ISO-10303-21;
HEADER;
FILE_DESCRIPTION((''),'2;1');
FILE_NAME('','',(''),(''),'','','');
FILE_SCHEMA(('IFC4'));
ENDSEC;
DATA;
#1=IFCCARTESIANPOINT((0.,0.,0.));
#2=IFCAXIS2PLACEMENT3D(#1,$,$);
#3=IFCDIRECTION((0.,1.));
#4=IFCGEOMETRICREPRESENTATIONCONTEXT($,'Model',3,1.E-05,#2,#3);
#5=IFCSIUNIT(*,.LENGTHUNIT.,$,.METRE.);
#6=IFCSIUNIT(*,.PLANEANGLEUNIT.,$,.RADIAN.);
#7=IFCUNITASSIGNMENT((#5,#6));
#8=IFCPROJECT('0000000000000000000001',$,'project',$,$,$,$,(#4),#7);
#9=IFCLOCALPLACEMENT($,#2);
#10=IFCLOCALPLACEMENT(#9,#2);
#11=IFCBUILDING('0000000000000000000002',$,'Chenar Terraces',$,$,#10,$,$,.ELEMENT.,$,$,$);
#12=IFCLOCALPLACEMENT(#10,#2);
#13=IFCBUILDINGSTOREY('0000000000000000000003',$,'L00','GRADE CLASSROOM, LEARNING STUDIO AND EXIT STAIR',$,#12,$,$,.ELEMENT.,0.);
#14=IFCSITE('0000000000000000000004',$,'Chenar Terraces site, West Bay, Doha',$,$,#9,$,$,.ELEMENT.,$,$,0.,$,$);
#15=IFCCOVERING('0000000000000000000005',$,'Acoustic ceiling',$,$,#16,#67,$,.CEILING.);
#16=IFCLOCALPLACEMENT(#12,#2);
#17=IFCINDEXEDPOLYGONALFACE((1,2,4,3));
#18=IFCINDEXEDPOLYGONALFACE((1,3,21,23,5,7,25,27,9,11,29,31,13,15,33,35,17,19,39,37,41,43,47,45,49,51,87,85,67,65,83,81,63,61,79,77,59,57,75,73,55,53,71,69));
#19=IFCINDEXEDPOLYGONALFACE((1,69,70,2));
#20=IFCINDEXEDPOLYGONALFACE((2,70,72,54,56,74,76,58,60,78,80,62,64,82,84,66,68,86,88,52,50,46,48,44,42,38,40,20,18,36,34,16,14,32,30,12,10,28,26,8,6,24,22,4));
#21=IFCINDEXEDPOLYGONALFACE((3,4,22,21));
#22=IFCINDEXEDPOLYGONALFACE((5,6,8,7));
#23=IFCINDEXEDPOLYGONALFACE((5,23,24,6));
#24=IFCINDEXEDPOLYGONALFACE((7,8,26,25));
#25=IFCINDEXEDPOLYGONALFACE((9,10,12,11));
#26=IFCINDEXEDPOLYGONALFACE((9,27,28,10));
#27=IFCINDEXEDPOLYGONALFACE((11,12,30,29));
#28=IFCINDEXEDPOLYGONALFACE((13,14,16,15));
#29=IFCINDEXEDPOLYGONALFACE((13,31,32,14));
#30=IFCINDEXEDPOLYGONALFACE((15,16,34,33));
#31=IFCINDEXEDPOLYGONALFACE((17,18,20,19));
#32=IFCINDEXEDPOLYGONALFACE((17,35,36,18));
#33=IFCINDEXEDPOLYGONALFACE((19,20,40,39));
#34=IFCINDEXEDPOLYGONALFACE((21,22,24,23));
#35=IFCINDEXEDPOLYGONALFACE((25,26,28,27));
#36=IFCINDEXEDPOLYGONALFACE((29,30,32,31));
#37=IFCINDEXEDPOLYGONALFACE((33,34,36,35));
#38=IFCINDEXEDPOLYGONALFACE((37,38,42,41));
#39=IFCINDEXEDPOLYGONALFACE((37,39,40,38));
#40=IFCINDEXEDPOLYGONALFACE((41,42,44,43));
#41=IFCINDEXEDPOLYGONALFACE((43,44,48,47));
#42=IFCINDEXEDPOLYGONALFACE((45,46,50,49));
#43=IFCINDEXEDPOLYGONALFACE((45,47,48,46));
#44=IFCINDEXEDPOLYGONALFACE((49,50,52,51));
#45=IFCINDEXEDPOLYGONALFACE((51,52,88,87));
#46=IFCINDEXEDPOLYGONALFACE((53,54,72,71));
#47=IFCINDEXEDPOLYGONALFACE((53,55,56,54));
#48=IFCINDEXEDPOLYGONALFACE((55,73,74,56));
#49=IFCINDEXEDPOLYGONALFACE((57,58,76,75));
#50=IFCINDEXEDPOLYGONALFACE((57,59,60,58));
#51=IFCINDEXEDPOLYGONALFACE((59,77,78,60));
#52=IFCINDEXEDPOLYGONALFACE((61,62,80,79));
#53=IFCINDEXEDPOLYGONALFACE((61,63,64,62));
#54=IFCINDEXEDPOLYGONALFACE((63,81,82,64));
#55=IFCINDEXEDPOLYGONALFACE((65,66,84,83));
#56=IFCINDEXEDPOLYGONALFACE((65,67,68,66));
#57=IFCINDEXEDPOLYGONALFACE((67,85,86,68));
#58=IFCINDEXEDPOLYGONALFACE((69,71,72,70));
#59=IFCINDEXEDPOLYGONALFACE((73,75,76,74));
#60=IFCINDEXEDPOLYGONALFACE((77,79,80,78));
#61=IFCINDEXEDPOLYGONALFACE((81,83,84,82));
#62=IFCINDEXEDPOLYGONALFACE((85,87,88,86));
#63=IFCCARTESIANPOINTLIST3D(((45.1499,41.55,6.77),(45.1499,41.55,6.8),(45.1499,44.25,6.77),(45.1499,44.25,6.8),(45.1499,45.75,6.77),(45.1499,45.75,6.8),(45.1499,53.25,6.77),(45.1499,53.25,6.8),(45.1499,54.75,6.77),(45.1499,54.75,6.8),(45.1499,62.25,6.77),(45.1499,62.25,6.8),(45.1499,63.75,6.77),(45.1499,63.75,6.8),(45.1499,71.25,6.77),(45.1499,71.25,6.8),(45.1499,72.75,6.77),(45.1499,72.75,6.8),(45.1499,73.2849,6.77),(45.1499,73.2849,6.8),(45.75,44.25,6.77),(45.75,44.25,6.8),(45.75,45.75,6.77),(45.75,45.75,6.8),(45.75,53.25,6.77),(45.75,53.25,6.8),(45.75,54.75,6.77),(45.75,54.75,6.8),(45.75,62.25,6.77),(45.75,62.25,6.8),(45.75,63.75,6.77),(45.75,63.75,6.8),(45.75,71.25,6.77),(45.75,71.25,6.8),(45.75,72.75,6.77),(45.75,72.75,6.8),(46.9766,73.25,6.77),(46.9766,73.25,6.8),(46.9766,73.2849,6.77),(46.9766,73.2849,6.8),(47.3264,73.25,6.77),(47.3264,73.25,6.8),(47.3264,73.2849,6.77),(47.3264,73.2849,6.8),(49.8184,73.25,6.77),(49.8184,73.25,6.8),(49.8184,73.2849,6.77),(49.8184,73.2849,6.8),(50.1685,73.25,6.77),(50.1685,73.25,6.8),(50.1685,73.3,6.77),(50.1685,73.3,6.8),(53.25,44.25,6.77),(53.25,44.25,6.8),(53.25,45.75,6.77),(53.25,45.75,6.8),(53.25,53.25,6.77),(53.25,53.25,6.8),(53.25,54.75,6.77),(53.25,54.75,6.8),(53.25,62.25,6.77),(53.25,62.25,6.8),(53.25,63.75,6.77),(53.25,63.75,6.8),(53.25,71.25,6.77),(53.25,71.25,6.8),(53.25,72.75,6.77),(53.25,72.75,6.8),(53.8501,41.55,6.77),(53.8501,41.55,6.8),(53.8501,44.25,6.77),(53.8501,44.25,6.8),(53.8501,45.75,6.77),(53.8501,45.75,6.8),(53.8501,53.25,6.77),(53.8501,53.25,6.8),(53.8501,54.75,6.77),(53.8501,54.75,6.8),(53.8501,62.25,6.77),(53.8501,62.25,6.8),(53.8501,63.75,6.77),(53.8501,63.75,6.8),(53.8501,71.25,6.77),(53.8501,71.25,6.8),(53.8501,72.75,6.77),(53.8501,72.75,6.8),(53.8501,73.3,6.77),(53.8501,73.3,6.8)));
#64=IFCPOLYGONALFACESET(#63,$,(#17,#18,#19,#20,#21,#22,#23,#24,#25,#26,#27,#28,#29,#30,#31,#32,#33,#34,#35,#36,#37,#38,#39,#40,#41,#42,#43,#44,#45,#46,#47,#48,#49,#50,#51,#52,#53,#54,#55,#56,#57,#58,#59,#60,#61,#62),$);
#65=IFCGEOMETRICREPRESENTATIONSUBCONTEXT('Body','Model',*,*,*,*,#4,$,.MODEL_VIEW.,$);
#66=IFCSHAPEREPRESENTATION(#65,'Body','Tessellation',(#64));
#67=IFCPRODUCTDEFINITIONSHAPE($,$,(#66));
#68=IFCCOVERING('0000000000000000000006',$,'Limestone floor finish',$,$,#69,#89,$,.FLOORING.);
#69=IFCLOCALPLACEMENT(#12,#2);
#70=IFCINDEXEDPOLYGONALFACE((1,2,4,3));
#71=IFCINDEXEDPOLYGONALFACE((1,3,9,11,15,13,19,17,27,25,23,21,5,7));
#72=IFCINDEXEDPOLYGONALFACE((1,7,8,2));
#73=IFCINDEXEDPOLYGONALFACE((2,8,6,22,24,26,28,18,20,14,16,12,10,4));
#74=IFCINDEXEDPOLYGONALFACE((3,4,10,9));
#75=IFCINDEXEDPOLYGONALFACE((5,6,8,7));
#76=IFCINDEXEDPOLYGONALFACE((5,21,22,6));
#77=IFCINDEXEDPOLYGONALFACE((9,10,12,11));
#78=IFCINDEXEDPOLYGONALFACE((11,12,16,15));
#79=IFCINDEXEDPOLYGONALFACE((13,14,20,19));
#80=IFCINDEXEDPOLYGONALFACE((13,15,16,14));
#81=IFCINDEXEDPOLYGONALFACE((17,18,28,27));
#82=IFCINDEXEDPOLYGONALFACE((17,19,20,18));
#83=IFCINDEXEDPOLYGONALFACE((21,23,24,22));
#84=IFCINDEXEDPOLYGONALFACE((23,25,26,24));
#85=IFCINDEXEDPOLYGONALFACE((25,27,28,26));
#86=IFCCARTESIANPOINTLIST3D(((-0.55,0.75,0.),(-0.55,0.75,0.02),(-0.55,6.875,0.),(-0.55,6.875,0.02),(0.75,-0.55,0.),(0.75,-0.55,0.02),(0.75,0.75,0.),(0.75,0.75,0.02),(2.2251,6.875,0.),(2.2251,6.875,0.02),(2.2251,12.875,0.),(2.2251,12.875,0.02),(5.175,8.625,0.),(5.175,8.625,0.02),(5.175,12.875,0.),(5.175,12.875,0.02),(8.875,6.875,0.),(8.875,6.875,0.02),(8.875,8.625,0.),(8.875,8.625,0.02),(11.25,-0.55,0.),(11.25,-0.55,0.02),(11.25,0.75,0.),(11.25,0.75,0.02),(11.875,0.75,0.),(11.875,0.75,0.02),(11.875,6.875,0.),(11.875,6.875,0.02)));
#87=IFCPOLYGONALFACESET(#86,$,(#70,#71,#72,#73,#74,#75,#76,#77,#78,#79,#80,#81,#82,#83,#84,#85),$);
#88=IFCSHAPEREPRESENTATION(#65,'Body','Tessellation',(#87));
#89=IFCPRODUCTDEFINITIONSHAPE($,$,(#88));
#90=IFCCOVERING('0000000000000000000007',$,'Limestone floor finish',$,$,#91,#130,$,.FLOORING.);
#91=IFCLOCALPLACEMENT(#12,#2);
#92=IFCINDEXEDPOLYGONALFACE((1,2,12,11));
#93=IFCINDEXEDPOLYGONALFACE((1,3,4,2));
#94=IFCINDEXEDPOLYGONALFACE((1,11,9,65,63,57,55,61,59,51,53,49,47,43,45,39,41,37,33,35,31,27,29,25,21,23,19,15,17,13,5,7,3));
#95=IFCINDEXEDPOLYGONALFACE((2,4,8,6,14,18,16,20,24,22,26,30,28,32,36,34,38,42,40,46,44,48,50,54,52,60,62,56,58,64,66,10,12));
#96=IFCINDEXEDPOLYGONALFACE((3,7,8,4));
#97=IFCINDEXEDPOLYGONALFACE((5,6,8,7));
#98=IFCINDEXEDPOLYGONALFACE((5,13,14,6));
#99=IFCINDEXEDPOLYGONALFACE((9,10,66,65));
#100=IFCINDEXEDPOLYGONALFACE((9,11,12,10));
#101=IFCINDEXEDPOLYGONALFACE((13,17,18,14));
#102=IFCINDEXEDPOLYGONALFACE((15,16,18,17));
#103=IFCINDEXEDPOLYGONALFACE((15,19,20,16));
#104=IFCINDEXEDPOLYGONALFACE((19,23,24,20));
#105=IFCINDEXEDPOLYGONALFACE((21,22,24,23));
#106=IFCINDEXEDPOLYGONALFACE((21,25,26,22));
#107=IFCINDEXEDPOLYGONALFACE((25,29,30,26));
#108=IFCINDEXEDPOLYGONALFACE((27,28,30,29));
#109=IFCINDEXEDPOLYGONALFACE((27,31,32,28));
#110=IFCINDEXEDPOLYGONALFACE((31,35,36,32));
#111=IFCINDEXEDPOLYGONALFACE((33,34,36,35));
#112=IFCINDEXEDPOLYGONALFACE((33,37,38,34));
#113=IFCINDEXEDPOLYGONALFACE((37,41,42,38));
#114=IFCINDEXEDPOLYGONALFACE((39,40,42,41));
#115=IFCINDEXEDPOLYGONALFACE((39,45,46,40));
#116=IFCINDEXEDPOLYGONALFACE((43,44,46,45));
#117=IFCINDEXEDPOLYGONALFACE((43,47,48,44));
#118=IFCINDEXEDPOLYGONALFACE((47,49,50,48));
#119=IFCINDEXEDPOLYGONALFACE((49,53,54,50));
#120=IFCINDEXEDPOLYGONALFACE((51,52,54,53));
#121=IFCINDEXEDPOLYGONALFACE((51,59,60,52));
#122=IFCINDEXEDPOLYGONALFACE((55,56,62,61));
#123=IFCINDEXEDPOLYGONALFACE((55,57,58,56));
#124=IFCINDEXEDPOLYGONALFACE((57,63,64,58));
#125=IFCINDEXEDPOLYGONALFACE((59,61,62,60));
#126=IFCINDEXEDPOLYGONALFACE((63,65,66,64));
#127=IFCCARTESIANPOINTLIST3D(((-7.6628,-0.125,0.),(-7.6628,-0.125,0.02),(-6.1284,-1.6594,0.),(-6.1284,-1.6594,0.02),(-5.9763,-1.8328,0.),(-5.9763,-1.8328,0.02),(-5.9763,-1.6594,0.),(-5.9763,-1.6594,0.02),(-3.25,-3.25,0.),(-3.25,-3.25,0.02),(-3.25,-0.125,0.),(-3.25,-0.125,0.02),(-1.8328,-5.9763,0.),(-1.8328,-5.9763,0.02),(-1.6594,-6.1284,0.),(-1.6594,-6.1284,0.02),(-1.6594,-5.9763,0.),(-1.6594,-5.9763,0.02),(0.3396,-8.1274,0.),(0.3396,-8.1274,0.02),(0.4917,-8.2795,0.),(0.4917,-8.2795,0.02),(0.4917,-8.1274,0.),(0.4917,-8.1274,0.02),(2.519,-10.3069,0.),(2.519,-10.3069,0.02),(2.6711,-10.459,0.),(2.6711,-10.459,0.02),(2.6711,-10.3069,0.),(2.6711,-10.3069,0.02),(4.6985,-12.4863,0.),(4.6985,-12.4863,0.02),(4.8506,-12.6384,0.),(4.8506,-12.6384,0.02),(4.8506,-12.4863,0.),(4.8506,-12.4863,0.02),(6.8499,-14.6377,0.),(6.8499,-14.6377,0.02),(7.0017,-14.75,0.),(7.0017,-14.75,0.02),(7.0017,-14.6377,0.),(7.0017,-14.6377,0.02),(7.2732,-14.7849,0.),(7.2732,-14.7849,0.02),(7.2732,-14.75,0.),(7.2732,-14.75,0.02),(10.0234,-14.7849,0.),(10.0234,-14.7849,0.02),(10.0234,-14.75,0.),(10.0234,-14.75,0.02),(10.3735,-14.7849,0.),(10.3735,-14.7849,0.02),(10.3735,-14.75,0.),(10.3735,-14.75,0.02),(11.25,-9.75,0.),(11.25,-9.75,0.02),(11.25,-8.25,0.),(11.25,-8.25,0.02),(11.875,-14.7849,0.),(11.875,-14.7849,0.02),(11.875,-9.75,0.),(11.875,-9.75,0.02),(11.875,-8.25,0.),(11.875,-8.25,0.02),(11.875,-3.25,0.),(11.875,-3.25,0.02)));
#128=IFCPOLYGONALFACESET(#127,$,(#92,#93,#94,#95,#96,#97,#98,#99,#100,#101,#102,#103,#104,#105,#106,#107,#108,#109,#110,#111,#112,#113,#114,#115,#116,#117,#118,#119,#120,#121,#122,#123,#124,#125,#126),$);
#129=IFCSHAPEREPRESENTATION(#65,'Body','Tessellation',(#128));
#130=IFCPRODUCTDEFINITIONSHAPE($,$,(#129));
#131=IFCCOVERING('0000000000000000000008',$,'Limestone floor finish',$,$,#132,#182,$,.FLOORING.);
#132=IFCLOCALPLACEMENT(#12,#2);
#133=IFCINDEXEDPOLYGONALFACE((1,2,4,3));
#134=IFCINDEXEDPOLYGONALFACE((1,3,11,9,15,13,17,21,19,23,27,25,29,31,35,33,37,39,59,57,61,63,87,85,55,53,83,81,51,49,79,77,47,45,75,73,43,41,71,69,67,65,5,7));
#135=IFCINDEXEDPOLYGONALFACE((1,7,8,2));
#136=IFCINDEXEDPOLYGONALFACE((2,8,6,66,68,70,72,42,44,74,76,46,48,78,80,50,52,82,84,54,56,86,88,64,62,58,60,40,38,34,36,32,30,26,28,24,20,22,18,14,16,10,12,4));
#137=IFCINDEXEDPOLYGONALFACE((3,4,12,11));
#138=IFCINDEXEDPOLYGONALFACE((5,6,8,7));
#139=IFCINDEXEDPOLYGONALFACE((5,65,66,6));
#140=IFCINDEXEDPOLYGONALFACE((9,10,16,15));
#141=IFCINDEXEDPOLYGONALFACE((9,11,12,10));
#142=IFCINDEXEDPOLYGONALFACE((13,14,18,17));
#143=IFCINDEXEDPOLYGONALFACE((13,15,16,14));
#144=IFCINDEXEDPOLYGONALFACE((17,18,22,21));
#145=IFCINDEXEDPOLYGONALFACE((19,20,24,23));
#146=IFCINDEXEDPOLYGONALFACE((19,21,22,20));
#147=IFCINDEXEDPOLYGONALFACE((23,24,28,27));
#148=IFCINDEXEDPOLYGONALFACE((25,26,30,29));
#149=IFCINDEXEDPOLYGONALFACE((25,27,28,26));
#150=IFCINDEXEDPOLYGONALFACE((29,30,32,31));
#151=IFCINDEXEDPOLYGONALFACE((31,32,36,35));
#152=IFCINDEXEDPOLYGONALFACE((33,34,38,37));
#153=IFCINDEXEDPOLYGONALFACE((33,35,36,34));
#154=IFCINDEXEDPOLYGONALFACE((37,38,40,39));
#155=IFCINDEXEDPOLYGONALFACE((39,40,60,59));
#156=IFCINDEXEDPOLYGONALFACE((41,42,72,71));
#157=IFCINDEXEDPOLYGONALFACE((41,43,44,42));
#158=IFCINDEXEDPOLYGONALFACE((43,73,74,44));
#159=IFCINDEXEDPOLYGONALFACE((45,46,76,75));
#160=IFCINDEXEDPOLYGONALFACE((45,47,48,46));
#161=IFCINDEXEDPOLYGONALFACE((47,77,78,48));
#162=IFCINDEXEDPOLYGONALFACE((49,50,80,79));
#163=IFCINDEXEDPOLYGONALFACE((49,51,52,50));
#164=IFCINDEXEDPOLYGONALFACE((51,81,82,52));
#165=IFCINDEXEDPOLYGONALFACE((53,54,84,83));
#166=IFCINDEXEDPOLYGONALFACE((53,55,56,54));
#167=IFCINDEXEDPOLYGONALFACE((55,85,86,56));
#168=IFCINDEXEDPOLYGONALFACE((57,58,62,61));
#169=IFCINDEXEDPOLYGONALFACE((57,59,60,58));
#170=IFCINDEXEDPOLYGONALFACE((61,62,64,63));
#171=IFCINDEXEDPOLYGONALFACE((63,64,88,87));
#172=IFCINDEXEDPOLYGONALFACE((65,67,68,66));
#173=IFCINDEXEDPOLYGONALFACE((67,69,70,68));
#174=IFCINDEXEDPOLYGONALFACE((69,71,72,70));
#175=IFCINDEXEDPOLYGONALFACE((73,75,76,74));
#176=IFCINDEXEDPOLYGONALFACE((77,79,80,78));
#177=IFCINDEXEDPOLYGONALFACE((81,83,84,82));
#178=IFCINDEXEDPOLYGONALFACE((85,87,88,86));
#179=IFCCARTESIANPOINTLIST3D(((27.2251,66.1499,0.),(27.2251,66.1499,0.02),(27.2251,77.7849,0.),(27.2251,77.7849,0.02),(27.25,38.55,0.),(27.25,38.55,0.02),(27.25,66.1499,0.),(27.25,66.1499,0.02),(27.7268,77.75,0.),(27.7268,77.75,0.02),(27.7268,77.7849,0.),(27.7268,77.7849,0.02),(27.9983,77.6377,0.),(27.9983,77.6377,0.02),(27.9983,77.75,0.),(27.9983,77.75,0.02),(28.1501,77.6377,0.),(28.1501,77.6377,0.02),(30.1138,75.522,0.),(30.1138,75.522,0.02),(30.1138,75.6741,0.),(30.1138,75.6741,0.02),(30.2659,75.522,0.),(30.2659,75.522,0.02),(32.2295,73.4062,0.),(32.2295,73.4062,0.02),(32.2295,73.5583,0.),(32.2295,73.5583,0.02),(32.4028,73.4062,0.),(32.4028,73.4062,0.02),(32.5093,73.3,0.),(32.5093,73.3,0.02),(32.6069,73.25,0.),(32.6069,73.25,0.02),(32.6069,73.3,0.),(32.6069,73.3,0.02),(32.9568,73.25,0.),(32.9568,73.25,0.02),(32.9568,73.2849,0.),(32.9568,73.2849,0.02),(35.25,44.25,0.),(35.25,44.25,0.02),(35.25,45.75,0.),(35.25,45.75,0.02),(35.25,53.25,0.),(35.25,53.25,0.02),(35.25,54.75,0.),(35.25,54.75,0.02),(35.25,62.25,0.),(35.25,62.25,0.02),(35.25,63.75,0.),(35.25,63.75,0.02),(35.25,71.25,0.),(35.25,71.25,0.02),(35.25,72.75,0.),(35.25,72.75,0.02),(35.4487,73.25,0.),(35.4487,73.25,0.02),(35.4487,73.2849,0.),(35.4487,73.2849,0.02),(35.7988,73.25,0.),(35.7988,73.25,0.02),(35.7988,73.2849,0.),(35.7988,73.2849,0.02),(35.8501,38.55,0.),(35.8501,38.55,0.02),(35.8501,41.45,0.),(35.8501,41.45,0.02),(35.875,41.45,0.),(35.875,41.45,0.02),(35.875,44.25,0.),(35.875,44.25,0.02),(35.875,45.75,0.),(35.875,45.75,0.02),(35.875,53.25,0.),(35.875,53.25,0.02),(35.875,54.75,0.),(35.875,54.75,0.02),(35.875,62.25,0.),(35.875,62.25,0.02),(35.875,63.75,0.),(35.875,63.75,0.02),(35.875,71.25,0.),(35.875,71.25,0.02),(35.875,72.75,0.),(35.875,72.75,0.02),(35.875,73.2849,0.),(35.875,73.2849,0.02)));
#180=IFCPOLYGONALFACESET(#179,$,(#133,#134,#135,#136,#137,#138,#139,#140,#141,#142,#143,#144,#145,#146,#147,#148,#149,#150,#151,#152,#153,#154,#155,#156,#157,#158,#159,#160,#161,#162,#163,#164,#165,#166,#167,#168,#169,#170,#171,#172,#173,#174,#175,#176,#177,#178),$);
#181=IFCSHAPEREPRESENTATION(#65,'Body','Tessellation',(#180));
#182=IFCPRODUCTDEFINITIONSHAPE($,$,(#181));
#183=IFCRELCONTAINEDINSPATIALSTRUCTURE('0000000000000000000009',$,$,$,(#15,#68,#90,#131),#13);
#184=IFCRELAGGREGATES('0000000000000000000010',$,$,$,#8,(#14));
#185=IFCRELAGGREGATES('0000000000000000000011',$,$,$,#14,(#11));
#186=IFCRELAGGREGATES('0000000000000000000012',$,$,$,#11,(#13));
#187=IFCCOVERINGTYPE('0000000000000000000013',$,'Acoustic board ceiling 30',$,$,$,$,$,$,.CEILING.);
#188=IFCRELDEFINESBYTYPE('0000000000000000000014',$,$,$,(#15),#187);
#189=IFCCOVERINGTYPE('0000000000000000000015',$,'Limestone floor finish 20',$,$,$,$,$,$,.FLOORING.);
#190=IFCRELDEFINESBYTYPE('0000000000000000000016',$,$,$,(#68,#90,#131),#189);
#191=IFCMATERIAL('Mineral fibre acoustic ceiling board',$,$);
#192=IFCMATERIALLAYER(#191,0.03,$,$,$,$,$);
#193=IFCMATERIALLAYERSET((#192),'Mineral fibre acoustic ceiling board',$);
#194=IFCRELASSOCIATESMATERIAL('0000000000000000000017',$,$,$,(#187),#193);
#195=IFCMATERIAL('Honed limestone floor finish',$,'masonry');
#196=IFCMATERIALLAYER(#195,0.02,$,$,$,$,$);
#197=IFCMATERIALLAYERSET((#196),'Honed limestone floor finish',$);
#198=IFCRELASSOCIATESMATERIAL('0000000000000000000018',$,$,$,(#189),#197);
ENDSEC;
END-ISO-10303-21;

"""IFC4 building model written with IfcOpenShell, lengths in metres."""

from ifc_helpers import new_model, si_unit, direction, frame, origin, place, context, subcontext, project, spatial, polyline, outline, extrude, material, layer, layer_set, type_object, element, save


model = new_model("IFC4")

# Units and contexts
model_context = context("Model", 3, precision=1e-05, world=origin(), true_north=direction((0.0, 1.0)))
body_context = subcontext(model_context, "Body", "Model", "MODEL_VIEW")
ifc_project = project(units=[si_unit("LENGTHUNIT", "METRE"), si_unit("PLANEANGLEUNIT", "RADIAN")], contexts=[model_context])

# Site, building, storey
site_placement = place(None, origin())
site = spatial("IfcSite", under=ifc_project, at=site_placement, Name="Chenar Terraces site, West Bay, Doha", CompositionType="ELEMENT", RefElevation=0.0)
building_placement = place(site_placement, origin())
building = spatial("IfcBuilding", under=site, at=building_placement, Name="Chenar Terraces", CompositionType="ELEMENT")
storey_placement = place(building_placement, origin())
storey = spatial("IfcBuildingStorey", under=building, at=storey_placement, Name="L00", Description="GRADE CLASSROOM, LEARNING STUDIO AND EXIT STAIR", CompositionType="ELEMENT", Elevation=0.0)

# Shared definitions
placement_1 = place(storey_placement, origin())

# Coverings
ifc_material_1 = material(Name="Mineral fibre acoustic ceiling board")
ifc_layer_1 = layer(ifc_material_1, 0.03)
ifc_layer_set_1 = layer_set([ifc_layer_1], Name="Mineral fibre acoustic ceiling board")
covering_type_1 = type_object("IfcCoveringType", Name="Acoustic board ceiling 30", PredefinedType="CEILING", material=ifc_layer_set_1)
placement_2 = place(storey_placement, frame((0.0, 0.0, 6.77)))
element("IfcCovering", 1, at=placement_2, inside=storey, type_object=covering_type_1, Name="Acoustic ceiling", PredefinedType="CEILING", context=body_context, shape_type="SweptSolid", body=[
    extrude(outline(polyline([(53.8501, 73.3), (53.8501, 72.75), (53.25, 72.75), (53.25, 71.25), (53.8501, 71.25), (53.8501, 63.75), (53.25, 63.75), (53.25, 62.25), (53.8501, 62.25), (53.8501, 54.75), (53.25, 54.75), (53.25, 53.25), (53.8501, 53.25), (53.8501, 45.75), (53.25, 45.75), (53.25, 44.25), (53.8501, 44.25), (53.8501, 41.55), (45.1499, 41.55), (45.1499, 44.25), (45.75, 44.25), (45.75, 45.75), (45.1499, 45.75), (45.1499, 53.25), (45.75, 53.25), (45.75, 54.75), (45.1499, 54.75), (45.1499, 62.25), (45.75, 62.25), (45.75, 63.75), (45.1499, 63.75), (45.1499, 71.25), (45.75, 71.25), (45.75, 72.75), (45.1499, 72.75), (45.1499, 73.2849), (46.9766, 73.2849), (46.9766, 73.25), (47.3264, 73.25), (47.3264, 73.2849), (49.8184, 73.2849), (49.8184, 73.25), (50.1685, 73.25), (50.1685, 73.3), (53.8501, 73.3)])), origin(), (0.0, 0.0, 1.0), 0.03),
])
ifc_material_2 = material(Name="Honed limestone floor finish", Category="masonry")
ifc_layer_2 = layer(ifc_material_2, 0.02)
ifc_layer_set_2 = layer_set([ifc_layer_2], Name="Honed limestone floor finish")
covering_type_2 = type_object("IfcCoveringType", Name="Limestone floor finish 20", PredefinedType="FLOORING", material=ifc_layer_set_2)
element("IfcCovering", 2, at=placement_1, inside=storey, type_object=covering_type_2, Name="Limestone floor finish", PredefinedType="FLOORING", context=body_context, shape_type="SweptSolid", body=[
    extrude(outline(polyline([(8.875, 6.875), (11.875, 6.875), (11.875, 0.75), (11.25, 0.75), (11.25, -0.55), (0.75, -0.55), (0.75, 0.75), (-0.55, 0.75), (-0.55, 6.875), (2.2251, 6.875), (2.2251, 12.875), (5.175, 12.875), (5.175, 8.625), (8.875, 8.625), (8.875, 6.875)])), origin(), (0.0, 0.0, 1.0), 0.02),
])
element("IfcCovering", 3, at=placement_1, inside=storey, type_object=covering_type_2, Name="Limestone floor finish", PredefinedType="FLOORING", context=body_context, shape_type="SweptSolid", body=[
    extrude(outline(polyline([(-3.25, -0.125), (-3.25, -3.25), (11.875, -3.25), (11.875, -8.25), (11.25, -8.25), (11.25, -9.75), (11.875, -9.75), (11.875, -14.7849), (10.3735, -14.7849), (10.3735, -14.75), (10.0234, -14.75), (10.0234, -14.7849), (7.2732, -14.7849), (7.2732, -14.75), (7.0017, -14.75), (7.0017, -14.6377), (6.8499, -14.6377), (4.8506, -12.6384), (4.8506, -12.4863), (4.6985, -12.4863), (2.6711, -10.459), (2.6711, -10.3069), (2.519, -10.3069), (0.4917, -8.2795), (0.4917, -8.1274), (0.3396, -8.1274), (-1.6594, -6.1284), (-1.6594, -5.9763), (-1.8328, -5.9763), (-5.9763, -1.8328), (-5.9763, -1.6594), (-6.1284, -1.6594), (-7.6628, -0.125), (-3.25, -0.125)])), origin(), (0.0, 0.0, 1.0), 0.02),
])
element("IfcCovering", 4, at=placement_1, inside=storey, type_object=covering_type_2, Name="Limestone floor finish", PredefinedType="FLOORING", context=body_context, shape_type="SweptSolid", body=[
    extrude(outline(polyline([(32.5093, 73.3), (32.6069, 73.3), (32.6069, 73.25), (32.9568, 73.25), (32.9568, 73.2849), (35.4487, 73.2849), (35.4487, 73.25), (35.7988, 73.25), (35.7988, 73.2849), (35.875, 73.2849), (35.875, 72.75), (35.25, 72.75), (35.25, 71.25), (35.875, 71.25), (35.875, 63.75), (35.25, 63.75), (35.25, 62.25), (35.875, 62.25), (35.875, 54.75), (35.25, 54.75), (35.25, 53.25), (35.875, 53.25), (35.875, 45.75), (35.25, 45.75), (35.25, 44.25), (35.875, 44.25), (35.875, 41.45), (35.8501, 41.45), (35.8501, 38.55), (27.25, 38.55), (27.25, 66.1499), (27.2251, 66.1499), (27.2251, 77.7849), (27.7268, 77.7849), (27.7268, 77.75), (27.9983, 77.75), (27.9983, 77.6377), (28.1501, 77.6377), (30.1138, 75.6741), (30.1138, 75.522), (30.2659, 75.522), (32.2295, 73.5583), (32.2295, 73.4062), (32.4028, 73.4062), (32.5093, 73.3)])), origin(), (0.0, 0.0, 1.0), 0.02),
])

save(model, "model.ifc")
